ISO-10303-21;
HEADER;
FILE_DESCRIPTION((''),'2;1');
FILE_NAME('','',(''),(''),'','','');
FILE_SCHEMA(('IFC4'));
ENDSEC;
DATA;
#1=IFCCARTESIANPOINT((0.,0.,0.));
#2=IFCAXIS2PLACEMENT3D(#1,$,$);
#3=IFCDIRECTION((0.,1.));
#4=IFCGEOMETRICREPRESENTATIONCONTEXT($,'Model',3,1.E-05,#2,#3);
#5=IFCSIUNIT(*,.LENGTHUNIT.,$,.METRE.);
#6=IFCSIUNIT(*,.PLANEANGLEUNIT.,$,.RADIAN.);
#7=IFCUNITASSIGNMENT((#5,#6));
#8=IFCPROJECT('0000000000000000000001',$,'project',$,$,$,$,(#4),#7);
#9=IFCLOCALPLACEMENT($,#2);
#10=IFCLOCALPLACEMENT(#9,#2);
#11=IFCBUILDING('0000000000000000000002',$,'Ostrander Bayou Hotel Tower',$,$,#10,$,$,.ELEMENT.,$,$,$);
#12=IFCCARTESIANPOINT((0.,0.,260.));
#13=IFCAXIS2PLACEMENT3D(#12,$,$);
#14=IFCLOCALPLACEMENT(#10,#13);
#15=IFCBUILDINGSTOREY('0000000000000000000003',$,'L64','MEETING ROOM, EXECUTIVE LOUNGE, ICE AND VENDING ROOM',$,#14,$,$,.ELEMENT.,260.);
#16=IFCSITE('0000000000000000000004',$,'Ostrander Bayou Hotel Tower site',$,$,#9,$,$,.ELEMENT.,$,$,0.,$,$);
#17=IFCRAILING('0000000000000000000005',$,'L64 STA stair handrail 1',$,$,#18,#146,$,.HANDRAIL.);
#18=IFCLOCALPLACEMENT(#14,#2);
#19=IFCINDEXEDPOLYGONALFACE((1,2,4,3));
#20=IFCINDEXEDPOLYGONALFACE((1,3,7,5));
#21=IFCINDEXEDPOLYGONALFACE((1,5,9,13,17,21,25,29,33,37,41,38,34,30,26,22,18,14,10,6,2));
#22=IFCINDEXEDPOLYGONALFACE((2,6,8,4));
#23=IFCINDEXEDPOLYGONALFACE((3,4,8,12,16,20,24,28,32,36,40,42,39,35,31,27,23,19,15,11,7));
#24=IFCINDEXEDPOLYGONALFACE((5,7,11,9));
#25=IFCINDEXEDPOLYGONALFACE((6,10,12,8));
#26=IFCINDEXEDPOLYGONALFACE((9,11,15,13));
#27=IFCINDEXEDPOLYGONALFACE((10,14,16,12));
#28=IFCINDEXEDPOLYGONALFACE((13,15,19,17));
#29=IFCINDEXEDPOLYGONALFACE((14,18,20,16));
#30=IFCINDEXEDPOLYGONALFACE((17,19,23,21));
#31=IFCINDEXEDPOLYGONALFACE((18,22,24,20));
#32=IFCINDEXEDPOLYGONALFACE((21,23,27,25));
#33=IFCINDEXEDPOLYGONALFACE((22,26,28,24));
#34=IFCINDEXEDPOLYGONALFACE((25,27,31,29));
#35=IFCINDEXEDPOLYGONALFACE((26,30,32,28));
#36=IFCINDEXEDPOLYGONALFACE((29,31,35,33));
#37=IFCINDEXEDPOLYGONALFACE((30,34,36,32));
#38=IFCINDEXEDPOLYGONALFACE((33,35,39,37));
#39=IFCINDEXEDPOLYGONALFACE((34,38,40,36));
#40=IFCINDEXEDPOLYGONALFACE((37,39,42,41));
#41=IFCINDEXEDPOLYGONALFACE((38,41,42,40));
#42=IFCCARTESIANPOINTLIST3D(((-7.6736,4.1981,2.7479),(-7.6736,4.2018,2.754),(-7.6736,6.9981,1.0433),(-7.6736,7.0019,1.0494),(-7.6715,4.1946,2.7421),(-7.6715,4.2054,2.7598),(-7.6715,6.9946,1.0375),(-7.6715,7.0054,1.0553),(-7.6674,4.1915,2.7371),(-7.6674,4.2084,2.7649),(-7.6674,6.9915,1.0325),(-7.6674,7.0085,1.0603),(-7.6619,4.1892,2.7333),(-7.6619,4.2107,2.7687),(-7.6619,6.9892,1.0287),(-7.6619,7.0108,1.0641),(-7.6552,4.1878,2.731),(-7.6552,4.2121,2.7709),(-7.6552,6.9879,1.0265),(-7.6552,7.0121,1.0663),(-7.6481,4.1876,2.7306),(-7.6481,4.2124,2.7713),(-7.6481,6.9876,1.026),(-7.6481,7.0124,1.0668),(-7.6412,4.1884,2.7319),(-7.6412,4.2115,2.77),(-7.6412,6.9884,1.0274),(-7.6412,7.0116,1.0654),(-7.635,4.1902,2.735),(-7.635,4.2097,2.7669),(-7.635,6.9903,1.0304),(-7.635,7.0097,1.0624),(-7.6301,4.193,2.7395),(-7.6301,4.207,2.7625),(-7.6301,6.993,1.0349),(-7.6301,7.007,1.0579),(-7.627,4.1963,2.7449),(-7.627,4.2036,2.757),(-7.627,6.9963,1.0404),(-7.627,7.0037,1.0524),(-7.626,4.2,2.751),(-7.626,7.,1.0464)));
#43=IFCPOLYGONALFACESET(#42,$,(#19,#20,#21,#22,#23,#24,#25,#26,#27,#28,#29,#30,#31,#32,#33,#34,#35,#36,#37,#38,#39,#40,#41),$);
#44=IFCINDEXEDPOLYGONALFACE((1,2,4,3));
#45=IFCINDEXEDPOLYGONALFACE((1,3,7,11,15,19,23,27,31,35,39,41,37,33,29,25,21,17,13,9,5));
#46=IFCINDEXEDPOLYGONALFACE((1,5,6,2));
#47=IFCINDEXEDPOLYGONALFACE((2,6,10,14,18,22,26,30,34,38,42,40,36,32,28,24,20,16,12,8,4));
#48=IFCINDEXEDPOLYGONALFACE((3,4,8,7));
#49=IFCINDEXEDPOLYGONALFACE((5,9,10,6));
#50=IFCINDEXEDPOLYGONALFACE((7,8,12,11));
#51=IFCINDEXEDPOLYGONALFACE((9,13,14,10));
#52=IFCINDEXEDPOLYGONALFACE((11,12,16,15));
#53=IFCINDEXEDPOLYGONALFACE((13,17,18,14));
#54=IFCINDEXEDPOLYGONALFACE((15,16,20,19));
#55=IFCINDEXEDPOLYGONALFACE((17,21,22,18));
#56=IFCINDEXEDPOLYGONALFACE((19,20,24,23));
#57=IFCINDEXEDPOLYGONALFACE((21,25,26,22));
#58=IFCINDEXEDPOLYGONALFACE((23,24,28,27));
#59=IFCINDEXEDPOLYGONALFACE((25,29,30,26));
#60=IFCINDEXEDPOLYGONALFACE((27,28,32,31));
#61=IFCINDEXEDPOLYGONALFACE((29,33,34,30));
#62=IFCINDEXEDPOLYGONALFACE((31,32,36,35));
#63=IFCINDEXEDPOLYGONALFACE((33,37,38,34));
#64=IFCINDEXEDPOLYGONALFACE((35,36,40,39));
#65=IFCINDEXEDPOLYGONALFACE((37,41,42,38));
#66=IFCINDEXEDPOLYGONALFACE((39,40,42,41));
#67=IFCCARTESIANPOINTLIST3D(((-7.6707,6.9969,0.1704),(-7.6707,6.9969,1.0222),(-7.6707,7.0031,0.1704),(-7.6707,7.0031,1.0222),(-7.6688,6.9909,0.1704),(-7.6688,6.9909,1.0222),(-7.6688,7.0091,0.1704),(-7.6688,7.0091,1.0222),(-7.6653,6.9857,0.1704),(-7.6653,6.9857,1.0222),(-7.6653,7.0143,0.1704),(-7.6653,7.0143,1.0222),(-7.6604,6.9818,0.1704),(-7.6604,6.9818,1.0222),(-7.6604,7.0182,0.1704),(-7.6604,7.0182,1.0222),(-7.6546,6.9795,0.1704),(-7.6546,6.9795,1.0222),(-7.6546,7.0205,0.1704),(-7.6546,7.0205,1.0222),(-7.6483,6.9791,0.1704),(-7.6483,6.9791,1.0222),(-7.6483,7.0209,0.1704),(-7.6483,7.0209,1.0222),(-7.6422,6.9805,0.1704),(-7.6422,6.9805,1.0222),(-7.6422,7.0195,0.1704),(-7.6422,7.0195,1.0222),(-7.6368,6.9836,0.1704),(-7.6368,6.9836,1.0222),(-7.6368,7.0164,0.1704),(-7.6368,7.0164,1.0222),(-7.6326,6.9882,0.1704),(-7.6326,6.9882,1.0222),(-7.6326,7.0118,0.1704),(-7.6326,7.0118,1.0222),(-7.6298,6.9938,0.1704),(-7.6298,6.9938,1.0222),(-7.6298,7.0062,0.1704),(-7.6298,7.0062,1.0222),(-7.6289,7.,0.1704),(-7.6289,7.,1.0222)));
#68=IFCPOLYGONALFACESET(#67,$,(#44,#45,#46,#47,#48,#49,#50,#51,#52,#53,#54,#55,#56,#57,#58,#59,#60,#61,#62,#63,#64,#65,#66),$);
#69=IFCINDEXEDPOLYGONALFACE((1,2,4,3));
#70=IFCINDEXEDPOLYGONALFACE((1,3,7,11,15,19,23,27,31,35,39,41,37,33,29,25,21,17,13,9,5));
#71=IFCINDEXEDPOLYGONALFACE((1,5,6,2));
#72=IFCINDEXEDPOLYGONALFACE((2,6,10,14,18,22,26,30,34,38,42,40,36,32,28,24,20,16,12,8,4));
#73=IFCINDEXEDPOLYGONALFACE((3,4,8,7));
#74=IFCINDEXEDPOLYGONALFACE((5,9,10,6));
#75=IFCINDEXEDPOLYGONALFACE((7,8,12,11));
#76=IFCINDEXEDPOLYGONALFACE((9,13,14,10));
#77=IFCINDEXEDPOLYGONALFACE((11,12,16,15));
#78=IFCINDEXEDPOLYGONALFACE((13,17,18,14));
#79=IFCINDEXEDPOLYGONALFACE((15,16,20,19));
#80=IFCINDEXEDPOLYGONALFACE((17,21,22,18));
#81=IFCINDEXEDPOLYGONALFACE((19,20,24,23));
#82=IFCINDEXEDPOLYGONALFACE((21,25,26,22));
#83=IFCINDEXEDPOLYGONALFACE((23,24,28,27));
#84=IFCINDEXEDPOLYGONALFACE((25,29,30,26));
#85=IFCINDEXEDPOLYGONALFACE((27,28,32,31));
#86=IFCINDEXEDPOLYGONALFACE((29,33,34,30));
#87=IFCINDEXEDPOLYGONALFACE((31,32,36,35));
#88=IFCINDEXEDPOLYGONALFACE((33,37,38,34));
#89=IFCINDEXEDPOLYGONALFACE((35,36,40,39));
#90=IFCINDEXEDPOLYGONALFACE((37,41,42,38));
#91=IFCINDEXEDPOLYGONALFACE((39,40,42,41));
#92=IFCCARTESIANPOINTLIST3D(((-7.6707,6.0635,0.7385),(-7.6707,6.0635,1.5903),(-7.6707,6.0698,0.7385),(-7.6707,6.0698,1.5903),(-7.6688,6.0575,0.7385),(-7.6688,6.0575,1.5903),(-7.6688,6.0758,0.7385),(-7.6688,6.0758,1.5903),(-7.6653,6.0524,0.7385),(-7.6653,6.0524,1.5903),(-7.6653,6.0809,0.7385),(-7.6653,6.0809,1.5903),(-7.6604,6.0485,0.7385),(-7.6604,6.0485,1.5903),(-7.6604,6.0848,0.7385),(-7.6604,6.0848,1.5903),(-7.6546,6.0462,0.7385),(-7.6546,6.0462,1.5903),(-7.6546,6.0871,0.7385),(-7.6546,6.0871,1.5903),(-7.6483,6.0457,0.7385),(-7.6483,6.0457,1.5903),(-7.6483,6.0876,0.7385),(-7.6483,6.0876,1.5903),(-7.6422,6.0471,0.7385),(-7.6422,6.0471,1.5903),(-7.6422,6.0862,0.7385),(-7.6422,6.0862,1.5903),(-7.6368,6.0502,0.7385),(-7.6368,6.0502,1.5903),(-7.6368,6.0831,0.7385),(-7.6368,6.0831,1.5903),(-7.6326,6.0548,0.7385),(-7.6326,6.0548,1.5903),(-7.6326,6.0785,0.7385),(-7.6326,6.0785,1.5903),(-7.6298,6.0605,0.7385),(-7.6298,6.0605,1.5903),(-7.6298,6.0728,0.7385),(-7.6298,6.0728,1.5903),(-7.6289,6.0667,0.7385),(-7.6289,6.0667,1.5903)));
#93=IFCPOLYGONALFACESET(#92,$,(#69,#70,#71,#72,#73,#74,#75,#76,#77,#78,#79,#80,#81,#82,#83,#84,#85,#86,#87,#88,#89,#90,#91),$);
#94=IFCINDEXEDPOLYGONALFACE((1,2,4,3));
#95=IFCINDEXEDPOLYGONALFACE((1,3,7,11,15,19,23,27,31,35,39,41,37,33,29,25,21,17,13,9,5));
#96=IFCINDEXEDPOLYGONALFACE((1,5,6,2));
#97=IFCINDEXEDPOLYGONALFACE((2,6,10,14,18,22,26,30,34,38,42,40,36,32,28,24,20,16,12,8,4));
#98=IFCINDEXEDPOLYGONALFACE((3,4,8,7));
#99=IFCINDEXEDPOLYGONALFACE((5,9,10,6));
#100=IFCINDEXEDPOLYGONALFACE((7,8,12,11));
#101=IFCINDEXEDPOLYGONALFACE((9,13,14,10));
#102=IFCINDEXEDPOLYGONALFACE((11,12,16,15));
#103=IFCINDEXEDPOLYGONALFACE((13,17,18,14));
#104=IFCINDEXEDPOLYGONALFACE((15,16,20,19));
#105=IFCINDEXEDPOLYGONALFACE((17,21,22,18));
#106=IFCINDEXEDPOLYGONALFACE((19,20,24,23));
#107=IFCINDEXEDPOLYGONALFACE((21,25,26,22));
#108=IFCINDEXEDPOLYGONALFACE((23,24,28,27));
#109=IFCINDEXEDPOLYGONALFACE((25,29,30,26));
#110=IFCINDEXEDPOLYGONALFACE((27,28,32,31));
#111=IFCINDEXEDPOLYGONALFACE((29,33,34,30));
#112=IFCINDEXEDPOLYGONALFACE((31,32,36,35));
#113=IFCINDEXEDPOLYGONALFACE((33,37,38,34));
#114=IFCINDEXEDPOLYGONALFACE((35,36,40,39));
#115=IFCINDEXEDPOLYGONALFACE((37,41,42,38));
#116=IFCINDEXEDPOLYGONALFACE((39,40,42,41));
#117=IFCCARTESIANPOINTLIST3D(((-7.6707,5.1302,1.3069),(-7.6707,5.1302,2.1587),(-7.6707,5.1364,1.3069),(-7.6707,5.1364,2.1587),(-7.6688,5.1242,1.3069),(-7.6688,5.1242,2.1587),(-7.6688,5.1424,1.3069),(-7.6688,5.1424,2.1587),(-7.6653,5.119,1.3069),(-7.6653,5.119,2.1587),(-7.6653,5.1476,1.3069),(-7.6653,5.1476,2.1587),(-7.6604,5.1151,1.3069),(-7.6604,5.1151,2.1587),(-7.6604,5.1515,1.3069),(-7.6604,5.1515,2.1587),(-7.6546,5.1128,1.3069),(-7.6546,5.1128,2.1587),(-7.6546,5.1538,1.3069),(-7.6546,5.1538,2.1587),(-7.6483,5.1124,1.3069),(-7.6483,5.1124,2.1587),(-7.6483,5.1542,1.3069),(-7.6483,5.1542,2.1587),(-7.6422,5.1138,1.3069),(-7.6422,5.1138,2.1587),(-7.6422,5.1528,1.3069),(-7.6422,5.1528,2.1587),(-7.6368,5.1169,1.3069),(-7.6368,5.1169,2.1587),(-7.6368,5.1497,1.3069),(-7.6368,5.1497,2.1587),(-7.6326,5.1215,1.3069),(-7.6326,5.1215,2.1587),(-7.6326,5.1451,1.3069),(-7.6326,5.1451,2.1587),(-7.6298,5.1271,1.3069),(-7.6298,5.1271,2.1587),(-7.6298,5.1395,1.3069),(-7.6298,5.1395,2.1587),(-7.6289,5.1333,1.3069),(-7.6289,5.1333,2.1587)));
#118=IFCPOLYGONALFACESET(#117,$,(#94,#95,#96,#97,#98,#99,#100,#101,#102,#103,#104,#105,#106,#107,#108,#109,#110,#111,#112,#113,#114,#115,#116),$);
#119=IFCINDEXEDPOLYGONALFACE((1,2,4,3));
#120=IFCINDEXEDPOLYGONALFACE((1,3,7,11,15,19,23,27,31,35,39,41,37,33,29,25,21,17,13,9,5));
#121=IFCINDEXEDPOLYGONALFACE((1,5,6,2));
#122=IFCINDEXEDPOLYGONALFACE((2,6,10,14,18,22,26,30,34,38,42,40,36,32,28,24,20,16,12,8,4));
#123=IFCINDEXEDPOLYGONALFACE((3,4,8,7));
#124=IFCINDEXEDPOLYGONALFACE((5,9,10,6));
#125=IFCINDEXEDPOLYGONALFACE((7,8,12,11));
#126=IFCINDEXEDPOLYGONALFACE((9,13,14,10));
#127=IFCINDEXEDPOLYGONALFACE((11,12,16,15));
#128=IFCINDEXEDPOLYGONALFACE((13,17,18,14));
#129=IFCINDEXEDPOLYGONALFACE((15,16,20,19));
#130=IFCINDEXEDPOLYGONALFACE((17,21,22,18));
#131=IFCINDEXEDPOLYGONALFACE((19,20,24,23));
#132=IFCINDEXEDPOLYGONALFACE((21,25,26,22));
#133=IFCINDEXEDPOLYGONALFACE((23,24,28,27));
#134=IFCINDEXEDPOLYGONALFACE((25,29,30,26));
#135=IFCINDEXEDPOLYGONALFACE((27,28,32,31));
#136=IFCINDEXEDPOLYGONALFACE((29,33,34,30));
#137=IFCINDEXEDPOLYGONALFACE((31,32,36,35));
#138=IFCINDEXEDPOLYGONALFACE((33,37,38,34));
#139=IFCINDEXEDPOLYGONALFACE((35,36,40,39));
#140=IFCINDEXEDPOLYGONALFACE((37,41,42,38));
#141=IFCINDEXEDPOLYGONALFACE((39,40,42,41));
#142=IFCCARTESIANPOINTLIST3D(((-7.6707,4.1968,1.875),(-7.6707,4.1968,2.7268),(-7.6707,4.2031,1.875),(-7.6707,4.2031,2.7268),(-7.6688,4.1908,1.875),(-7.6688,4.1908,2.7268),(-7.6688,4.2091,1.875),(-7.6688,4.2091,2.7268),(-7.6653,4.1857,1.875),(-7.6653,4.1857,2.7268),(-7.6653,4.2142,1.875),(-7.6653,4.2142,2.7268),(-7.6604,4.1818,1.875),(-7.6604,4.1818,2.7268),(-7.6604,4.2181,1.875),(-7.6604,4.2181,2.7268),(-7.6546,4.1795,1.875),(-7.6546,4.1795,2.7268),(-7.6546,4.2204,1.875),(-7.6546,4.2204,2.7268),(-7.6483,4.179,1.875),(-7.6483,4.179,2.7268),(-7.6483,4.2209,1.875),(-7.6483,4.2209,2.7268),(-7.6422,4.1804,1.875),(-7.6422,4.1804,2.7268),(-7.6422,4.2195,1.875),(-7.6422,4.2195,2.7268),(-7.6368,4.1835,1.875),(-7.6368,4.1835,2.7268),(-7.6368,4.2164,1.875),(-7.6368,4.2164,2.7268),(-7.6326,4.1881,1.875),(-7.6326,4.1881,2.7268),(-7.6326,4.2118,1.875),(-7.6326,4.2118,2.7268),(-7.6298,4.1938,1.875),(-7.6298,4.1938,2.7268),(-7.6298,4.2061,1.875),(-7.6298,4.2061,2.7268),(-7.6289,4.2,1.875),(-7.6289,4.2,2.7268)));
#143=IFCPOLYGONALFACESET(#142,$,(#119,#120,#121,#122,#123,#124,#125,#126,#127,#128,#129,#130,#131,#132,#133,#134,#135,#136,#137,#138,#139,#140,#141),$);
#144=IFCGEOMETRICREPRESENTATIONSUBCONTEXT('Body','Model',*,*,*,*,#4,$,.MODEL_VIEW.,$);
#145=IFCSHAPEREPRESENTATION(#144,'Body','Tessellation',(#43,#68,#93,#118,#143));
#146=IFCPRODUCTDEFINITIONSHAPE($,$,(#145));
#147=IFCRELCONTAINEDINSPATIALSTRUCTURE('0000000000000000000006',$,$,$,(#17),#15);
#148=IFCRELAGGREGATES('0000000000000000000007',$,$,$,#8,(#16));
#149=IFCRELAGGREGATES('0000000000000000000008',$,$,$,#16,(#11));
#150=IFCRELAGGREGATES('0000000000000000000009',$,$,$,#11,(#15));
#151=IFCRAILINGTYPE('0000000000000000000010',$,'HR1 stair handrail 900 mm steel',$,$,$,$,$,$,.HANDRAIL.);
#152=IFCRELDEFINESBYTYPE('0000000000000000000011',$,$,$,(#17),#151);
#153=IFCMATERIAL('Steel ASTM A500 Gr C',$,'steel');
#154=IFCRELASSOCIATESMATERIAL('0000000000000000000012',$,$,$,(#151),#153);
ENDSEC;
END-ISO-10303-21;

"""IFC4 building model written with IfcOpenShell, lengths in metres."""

from ifc_helpers import new_model, si_unit, direction, frame, origin, origin_2d, place, context, subcontext, project, spatial, circle, extrude, material, type_object, element, save


model = new_model("IFC4")

# Units and contexts
model_context = context("Model", 3, precision=1e-05, world=origin(), true_north=direction((0.0, 1.0)))
body_context = subcontext(model_context, "Body", "Model", "MODEL_VIEW")
ifc_project = project(units=[si_unit("LENGTHUNIT", "METRE"), si_unit("PLANEANGLEUNIT", "RADIAN")], contexts=[model_context])

# Site, building, storey
site_placement = place(None, origin())
site = spatial("IfcSite", under=ifc_project, at=site_placement, Name="Ostrander Bayou Hotel Tower site", CompositionType="ELEMENT", RefElevation=0.0)
building_placement = place(site_placement, origin())
building = spatial("IfcBuilding", under=site, at=building_placement, Name="Ostrander Bayou Hotel Tower", CompositionType="ELEMENT")
storey_placement = place(building_placement, frame((0.0, 0.0, 260.0)))
storey = spatial("IfcBuildingStorey", under=building, at=storey_placement, Name="L64", Description="MEETING ROOM, EXECUTIVE LOUNGE, ICE AND VENDING ROOM", CompositionType="ELEMENT", Elevation=260.0)

# Railing
ifc_material_1 = material(Name="Steel ASTM A500 Gr C", Category="steel")
railing_type_1 = type_object("IfcRailingType", Name="HR1 stair handrail 900 mm steel", PredefinedType="HANDRAIL", material=ifc_material_1)
railing_1_placement = place(storey_placement, frame((-7.6499, 7.0, 0.1704)))
element("IfcRailing", 1, at=railing_1_placement, inside=storey, type_object=railing_type_1, Name="L64 STA stair handrail 1", PredefinedType="HANDRAIL", context=body_context, shape_type="SweptSolid", body=[
    extrude(circle(Radius=0.0239, at=origin_2d()), frame((0.0, 0.0, 0.876), z_axis=(0.0, -0.85417, 0.519994), x_axis=(1.0, 0.0, 0.0)), (0.0, 0.0, 1.0), 3.2781),
    extrude(circle(Radius=0.021, at=origin_2d()), origin(), (0.0, 0.0, 1.0), 0.8518),
    extrude(circle(Radius=0.021, at=origin_2d()), frame((0.0, -0.9333, 0.5681)), (0.0, 0.0, 1.0), 0.8518),
    extrude(circle(Radius=0.021, at=origin_2d()), frame((0.0, -1.8667, 1.1365)), (0.0, 0.0, 1.0), 0.8518),
    extrude(circle(Radius=0.021, at=origin_2d()), frame((0.0, -2.8, 1.7046)), (0.0, 0.0, 1.0), 0.8518),
])

save(model, "model.ifc")
